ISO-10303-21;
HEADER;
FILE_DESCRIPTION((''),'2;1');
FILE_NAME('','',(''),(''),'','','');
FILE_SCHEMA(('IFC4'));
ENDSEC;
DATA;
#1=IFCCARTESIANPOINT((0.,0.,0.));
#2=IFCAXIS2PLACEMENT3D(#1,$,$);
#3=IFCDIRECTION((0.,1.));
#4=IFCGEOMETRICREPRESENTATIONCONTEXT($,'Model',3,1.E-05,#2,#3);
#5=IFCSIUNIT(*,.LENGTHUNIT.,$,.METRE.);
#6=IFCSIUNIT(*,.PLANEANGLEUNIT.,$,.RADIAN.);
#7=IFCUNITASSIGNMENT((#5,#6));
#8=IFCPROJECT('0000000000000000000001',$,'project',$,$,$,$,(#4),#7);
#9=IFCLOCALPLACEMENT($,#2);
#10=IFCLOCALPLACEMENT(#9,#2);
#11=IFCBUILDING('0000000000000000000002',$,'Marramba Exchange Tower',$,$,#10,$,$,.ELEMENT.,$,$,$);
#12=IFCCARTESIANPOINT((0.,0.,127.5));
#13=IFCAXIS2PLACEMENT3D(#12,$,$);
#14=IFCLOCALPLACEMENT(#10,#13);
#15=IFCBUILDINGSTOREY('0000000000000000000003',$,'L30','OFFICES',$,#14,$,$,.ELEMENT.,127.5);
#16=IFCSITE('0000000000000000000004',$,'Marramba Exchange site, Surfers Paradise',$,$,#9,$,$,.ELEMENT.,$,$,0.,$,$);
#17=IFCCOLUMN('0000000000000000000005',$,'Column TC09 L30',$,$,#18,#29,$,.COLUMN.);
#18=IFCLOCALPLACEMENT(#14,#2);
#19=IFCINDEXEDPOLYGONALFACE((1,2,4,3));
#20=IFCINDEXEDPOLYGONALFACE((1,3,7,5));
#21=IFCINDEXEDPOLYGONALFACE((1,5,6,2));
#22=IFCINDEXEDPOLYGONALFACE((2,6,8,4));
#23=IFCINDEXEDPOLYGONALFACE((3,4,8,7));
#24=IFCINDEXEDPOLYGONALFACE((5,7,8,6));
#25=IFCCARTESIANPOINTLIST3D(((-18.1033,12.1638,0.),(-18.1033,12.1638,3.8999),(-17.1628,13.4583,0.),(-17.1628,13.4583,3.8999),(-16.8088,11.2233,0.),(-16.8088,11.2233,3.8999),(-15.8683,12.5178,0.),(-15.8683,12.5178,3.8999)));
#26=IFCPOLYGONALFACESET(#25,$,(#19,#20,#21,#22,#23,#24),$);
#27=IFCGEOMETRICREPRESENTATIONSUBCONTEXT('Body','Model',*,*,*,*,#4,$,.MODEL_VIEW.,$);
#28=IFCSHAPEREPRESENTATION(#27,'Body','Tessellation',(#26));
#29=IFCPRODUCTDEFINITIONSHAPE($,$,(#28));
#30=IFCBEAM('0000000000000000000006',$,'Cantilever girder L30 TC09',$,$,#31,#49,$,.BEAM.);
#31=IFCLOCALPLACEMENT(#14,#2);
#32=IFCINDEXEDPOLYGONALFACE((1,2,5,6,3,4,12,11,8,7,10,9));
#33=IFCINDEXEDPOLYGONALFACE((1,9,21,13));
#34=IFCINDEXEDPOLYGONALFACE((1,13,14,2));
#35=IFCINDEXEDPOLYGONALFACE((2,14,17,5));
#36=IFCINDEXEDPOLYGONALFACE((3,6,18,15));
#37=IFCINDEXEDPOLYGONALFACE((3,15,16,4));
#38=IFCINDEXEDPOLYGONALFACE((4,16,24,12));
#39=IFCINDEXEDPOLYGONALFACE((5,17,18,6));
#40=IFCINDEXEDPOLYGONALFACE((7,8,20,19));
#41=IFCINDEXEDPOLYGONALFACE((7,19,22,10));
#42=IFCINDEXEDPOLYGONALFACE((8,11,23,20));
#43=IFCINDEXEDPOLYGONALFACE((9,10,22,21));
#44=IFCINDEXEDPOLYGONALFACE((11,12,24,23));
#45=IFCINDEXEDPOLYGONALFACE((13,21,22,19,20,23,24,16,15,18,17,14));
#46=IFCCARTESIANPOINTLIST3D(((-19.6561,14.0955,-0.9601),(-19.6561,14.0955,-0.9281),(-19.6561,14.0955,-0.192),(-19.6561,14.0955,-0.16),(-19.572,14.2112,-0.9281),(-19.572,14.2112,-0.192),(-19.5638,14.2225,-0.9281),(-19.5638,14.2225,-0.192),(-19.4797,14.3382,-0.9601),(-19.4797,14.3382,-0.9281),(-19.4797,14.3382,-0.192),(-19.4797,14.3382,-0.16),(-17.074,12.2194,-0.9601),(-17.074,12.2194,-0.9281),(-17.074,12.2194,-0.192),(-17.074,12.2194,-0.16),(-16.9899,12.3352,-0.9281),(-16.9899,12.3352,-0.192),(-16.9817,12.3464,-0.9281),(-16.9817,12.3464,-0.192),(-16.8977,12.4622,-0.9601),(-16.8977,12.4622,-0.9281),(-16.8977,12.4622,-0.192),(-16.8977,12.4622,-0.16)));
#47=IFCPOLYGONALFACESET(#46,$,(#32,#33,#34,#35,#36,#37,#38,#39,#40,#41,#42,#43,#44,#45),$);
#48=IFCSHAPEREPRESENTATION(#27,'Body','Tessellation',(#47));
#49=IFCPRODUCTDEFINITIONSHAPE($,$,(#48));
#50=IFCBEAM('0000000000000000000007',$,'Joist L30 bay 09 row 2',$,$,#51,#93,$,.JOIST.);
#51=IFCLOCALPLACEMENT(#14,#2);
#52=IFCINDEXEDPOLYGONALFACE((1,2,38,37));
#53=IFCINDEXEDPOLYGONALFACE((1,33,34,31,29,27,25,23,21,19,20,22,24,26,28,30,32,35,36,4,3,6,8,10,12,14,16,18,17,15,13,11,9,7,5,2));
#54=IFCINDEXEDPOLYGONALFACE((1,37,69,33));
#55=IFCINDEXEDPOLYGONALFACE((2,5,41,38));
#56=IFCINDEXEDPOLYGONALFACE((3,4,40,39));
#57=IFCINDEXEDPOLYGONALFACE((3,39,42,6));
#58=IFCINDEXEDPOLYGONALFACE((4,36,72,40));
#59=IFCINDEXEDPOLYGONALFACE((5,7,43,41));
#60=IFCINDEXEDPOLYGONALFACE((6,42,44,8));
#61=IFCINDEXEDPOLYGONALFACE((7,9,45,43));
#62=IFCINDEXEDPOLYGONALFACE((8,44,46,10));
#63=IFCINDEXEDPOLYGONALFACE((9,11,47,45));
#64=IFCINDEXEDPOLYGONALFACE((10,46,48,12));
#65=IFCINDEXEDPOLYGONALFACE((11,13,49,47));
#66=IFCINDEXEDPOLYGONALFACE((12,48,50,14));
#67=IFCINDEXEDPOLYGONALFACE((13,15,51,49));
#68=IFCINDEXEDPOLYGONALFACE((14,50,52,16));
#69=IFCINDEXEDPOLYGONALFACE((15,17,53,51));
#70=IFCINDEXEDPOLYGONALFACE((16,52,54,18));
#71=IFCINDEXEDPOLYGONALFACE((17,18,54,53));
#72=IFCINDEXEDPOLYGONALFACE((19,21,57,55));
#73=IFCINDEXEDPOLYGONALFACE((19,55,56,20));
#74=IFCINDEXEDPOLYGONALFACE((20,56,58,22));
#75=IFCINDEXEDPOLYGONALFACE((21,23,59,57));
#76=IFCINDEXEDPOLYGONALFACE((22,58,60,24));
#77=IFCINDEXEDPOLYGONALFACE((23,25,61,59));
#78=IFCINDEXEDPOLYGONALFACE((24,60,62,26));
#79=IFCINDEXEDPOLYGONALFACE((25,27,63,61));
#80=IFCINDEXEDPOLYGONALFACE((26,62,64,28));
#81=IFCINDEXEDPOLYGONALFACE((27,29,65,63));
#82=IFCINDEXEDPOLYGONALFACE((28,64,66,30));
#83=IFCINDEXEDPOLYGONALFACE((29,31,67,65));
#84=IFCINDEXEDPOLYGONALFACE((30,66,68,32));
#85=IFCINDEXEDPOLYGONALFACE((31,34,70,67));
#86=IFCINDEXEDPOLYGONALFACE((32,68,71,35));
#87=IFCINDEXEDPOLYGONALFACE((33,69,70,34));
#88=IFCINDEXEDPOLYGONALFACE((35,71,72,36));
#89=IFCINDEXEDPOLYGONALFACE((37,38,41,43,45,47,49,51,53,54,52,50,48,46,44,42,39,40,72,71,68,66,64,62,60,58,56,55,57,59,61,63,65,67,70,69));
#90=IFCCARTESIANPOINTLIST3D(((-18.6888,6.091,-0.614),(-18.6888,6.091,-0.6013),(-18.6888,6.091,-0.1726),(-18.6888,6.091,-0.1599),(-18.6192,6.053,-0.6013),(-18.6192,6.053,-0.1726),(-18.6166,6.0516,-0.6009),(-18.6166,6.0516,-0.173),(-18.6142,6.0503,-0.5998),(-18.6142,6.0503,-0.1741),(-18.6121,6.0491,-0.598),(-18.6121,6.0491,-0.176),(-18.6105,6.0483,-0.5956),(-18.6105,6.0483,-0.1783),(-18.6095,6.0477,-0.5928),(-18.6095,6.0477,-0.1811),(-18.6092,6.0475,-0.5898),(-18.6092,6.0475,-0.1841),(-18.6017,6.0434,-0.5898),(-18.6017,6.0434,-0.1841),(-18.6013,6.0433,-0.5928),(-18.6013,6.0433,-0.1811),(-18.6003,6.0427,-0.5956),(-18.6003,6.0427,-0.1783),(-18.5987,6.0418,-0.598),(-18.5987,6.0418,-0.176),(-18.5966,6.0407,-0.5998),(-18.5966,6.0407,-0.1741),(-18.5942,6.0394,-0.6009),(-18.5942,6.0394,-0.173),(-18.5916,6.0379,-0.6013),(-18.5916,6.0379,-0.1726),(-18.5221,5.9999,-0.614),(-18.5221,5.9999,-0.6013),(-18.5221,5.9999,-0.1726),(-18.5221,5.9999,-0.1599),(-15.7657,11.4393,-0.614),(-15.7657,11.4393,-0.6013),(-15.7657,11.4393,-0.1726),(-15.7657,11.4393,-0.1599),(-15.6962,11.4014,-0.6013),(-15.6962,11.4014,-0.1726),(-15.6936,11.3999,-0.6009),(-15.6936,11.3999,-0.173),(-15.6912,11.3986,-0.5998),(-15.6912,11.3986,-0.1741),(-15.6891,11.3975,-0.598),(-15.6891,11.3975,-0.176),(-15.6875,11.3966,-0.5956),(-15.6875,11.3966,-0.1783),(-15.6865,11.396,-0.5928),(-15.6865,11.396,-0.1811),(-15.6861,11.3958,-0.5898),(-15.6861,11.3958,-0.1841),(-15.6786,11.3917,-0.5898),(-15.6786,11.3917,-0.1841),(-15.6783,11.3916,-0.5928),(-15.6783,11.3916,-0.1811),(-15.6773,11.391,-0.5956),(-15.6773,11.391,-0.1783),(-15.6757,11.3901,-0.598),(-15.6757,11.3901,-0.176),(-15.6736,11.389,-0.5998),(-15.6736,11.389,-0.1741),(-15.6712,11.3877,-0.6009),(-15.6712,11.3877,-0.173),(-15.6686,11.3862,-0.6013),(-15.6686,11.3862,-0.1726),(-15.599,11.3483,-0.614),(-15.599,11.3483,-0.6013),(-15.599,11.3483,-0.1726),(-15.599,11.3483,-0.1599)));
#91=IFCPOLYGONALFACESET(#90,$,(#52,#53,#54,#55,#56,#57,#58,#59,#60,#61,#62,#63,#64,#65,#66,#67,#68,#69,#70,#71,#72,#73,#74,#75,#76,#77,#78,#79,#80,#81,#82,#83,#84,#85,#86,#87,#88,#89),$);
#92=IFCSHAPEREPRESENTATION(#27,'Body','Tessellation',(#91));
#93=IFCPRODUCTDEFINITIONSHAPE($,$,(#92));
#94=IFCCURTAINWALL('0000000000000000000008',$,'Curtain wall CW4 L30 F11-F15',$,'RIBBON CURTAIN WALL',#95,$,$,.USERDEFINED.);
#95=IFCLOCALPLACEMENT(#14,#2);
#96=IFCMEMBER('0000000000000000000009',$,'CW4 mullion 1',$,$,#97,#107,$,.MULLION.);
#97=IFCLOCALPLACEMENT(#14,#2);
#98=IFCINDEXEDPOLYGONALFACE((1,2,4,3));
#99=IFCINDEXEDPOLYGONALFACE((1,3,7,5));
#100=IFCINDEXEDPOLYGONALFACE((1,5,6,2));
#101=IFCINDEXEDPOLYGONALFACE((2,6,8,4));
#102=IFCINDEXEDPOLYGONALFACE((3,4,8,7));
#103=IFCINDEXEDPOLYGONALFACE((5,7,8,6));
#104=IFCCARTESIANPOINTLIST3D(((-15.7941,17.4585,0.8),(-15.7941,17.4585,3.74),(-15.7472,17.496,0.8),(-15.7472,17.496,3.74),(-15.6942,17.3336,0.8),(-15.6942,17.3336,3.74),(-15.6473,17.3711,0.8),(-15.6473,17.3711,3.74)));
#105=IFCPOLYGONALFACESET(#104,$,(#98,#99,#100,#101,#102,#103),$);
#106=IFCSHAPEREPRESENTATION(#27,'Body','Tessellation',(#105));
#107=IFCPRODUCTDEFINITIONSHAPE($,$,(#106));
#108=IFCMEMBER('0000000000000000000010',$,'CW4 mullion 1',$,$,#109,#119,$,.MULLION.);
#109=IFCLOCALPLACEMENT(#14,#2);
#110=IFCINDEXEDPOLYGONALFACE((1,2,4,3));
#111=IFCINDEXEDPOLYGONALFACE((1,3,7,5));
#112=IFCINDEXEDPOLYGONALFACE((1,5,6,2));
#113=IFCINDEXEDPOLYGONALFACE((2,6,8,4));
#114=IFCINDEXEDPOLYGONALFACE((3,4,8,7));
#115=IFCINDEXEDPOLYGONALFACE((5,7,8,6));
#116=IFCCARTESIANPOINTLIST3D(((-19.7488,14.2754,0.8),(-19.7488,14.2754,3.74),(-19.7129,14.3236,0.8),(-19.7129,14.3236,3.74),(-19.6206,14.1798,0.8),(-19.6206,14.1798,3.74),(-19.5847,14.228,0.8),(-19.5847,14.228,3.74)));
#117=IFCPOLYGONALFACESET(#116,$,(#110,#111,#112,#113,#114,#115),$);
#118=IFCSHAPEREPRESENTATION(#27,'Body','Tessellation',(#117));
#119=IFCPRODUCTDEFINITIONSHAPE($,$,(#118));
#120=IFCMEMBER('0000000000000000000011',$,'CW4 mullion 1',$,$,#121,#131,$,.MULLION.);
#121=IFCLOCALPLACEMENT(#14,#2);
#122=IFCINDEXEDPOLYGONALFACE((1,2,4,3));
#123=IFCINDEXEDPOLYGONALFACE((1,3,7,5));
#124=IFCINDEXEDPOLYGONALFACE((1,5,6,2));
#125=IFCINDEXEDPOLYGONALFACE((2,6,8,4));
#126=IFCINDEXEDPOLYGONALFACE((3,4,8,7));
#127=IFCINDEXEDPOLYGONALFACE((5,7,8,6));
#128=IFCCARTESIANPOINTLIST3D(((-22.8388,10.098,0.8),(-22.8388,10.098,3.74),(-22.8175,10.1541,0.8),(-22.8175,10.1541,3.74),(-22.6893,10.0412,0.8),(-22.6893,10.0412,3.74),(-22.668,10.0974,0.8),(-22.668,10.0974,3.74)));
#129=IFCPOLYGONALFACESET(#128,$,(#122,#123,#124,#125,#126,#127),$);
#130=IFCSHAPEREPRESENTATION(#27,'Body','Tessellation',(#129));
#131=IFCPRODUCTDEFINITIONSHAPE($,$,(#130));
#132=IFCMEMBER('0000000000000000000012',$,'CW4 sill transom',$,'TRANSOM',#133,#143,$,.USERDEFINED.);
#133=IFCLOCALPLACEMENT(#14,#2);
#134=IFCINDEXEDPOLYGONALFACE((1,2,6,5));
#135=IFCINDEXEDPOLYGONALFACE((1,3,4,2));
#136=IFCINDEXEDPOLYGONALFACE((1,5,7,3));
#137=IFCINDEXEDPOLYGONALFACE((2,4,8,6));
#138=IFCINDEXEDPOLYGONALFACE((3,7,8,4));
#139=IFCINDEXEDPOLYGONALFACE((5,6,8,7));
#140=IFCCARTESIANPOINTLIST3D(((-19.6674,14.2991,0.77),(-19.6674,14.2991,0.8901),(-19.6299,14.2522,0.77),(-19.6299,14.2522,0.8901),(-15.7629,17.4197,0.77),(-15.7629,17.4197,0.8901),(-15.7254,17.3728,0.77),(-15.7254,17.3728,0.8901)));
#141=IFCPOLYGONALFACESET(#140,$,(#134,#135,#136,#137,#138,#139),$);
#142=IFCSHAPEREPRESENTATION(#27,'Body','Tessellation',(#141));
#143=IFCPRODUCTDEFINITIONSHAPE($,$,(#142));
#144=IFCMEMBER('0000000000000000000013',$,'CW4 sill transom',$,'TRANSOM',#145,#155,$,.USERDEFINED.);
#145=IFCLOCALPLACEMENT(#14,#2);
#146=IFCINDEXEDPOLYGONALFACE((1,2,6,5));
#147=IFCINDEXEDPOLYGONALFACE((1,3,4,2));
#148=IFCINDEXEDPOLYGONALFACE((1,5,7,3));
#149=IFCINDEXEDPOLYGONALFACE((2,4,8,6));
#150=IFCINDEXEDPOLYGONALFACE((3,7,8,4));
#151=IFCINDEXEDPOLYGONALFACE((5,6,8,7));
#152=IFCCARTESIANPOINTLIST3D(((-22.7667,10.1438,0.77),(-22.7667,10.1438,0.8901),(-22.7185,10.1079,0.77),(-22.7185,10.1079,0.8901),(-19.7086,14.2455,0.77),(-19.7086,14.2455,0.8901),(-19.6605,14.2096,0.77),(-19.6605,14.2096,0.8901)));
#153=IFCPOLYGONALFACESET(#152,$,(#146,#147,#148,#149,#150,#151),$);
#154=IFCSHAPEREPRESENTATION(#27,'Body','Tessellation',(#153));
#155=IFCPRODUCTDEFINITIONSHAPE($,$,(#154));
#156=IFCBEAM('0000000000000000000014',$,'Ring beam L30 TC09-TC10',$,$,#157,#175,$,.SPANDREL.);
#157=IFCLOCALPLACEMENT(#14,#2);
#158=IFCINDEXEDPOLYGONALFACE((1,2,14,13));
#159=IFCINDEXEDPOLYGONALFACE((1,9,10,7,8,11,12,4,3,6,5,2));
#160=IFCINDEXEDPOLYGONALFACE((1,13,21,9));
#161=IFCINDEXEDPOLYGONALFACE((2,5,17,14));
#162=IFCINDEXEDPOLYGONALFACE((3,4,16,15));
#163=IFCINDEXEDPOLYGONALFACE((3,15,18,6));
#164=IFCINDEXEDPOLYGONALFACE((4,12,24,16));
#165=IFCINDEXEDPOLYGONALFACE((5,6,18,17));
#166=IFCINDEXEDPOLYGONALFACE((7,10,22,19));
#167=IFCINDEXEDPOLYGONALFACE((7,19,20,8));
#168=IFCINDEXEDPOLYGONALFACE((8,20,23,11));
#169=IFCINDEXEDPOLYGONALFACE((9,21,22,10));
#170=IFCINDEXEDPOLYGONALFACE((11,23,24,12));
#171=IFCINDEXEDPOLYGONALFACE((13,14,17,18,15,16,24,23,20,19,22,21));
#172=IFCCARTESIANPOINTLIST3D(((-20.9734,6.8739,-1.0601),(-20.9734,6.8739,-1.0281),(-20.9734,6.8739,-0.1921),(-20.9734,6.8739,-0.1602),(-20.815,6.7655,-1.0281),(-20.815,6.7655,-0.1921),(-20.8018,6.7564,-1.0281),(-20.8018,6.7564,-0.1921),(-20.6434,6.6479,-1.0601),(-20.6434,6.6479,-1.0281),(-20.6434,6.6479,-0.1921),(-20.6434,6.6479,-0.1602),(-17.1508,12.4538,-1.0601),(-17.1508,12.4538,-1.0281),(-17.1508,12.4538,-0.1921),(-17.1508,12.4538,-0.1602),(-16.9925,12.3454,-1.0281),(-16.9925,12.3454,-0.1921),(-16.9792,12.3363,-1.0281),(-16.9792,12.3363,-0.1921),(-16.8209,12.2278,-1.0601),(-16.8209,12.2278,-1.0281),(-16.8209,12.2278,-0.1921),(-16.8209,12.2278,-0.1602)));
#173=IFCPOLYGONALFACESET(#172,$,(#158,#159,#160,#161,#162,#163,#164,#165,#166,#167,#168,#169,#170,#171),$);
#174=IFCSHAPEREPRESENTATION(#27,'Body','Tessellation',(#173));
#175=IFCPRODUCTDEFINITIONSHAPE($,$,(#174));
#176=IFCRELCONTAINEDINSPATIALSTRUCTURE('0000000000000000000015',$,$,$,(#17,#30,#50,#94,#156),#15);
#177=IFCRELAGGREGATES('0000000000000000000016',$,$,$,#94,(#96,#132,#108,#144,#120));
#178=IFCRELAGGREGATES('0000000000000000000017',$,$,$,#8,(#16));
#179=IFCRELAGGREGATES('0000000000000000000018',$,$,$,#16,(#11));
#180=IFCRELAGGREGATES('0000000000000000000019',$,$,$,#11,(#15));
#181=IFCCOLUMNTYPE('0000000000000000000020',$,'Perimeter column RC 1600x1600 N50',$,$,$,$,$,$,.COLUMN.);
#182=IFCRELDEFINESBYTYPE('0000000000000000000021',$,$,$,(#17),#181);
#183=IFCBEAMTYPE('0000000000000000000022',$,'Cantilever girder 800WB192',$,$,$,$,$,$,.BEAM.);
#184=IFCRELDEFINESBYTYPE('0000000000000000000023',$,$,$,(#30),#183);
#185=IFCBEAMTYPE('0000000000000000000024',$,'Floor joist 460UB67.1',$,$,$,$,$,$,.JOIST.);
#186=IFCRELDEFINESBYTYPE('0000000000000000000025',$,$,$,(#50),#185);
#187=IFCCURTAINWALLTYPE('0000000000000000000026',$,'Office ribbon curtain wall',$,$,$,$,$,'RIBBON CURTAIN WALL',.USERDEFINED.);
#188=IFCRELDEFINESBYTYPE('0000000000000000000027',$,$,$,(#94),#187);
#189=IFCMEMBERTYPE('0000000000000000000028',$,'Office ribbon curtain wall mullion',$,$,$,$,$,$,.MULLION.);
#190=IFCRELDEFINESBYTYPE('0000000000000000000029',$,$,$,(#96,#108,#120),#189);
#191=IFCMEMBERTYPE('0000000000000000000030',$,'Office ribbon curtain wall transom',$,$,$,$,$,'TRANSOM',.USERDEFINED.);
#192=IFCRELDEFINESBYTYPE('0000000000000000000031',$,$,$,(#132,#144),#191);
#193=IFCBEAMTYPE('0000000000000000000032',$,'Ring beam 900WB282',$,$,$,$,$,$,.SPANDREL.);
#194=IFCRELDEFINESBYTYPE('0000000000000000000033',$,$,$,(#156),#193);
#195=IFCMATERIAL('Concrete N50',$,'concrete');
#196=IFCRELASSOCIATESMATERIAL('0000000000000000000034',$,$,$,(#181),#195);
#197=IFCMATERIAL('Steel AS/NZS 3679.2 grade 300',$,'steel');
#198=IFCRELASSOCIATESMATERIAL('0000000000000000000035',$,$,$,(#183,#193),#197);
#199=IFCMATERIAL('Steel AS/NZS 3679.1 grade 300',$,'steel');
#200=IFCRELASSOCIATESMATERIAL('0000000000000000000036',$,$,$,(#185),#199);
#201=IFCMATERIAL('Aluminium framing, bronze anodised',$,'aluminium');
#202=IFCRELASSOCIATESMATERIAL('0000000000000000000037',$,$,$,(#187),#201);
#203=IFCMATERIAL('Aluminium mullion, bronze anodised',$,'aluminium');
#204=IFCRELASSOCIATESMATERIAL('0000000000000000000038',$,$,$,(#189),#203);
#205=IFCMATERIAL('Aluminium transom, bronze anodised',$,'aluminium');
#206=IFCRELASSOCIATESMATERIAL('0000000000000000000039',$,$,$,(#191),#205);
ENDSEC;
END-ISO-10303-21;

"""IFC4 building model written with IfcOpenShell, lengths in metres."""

from ifc_helpers import new_model, si_unit, direction, frame, origin, origin_2d, place, context, subcontext, project, spatial, rectangle, i_section, extrude, material, material_profile, profile_set, type_object, element, aggregate, save


model = new_model("IFC4")

# Units and contexts
model_context = context("Model", 3, precision=1e-05, world=origin(), true_north=direction((0.0, 1.0)))
body_context = subcontext(model_context, "Body", "Model", "MODEL_VIEW")
ifc_project = project(units=[si_unit("LENGTHUNIT", "METRE"), si_unit("PLANEANGLEUNIT", "RADIAN")], contexts=[model_context])

# Site, building, storey
site_placement = place(None, origin())
site = spatial("IfcSite", under=ifc_project, at=site_placement, Name="Marramba Exchange site, Surfers Paradise", CompositionType="ELEMENT", RefElevation=0.0)
building_placement = place(site_placement, origin())
building = spatial("IfcBuilding", under=site, at=building_placement, Name="Marramba Exchange Tower", CompositionType="ELEMENT")
storey_placement = place(building_placement, frame((0.0, 0.0, 127.5)))
storey = spatial("IfcBuildingStorey", under=building, at=storey_placement, Name="L30", Description="OFFICES", CompositionType="ELEMENT", Elevation=127.5)

# Column
ifc_material_1 = material(Name="Concrete N50", Category="concrete")
ifc_material_profile_1 = material_profile(ifc_material_1, rectangle(XDim=1.6001, YDim=1.6001, at=origin_2d()), Name="RC 1600x1600")
ifc_profile_set_1 = profile_set([ifc_material_profile_1], Name="Concrete N50")
column_type = type_object("IfcColumnType", Name="Perimeter column RC 1600x1600 N50", PredefinedType="COLUMN", material=ifc_profile_set_1)
column_placement = place(storey_placement, frame((-16.9858, 12.3408, 0.0), z_axis=(0.0, 0.0, 1.0), x_axis=(-0.809017, 0.587785, 0.0)))
element("IfcColumn", 1, at=column_placement, inside=storey, type_object=column_type, Name="Column TC09 L30", PredefinedType="COLUMN", context=body_context, shape_type="SweptSolid", body=[
    extrude(rectangle(XDim=1.6001, YDim=1.6001, at=origin_2d()), origin(), (0.0, 0.0, 1.0), 3.8999),
])

# Beams
ifc_material_2 = material(Name="Steel AS/NZS 3679.2 grade 300", Category="steel")
ifc_material_profile_2 = material_profile(ifc_material_2, i_section(OverallWidth=0.3, OverallDepth=0.8, WebThickness=0.0139, FlangeThickness=0.032, at=origin_2d()), Name="800WB192")
ifc_profile_set_2 = profile_set([ifc_material_profile_2], Name="Steel AS/NZS 3679.2 grade 300")
beam_type_1 = type_object("IfcBeamType", Name="Cantilever girder 800WB192", PredefinedType="BEAM", material=ifc_profile_set_2)
beam_1_placement = place(storey_placement, frame((-16.9858, 12.3408, -0.5601), z_axis=(-0.809014, 0.58779, 0.0), x_axis=(-0.58779, -0.809014, 0.0)))
element("IfcBeam", 2, at=beam_1_placement, inside=storey, type_object=beam_type_1, Name="Cantilever girder L30 TC09", PredefinedType="BEAM", context=body_context, shape_type="SweptSolid", body=[
    extrude(i_section(OverallWidth=0.3, OverallDepth=0.8, WebThickness=0.0139, FlangeThickness=0.032, at=origin_2d()), origin(), (0.0, 0.0, 1.0), 3.1917),
])
ifc_material_3 = material(Name="Steel AS/NZS 3679.1 grade 300", Category="steel")
ifc_material_profile_3 = material_profile(ifc_material_3, i_section(OverallWidth=0.1899, OverallDepth=0.4541, WebThickness=0.0085, FlangeThickness=0.0127, FilletRadius=0.0115, at=origin_2d()), Name="460UB67.1")
ifc_profile_set_3 = profile_set([ifc_material_profile_3], Name="Steel AS/NZS 3679.1 grade 300")
beam_type_2 = type_object("IfcBeamType", Name="Floor joist 460UB67.1", PredefinedType="JOIST", material=ifc_profile_set_3)
beam_2_placement = place(storey_placement, frame((-15.6824, 11.3938, -0.387), z_axis=(-0.479584, -0.877496, 0.0), x_axis=(0.877496, -0.479584, 0.0)))
element("IfcBeam", 3, at=beam_2_placement, inside=storey, type_object=beam_type_2, Name="Joist L30 bay 09 row 2", PredefinedType="JOIST", context=body_context, shape_type="SweptSolid", body=[
    extrude(i_section(OverallWidth=0.1899, OverallDepth=0.4541, WebThickness=0.0085, FlangeThickness=0.0127, FilletRadius=0.0115, at=origin_2d()), origin(), (0.0, 0.0, 1.0), 6.095),
])

# Curtain wall, members
ifc_material_4 = material(Name="Aluminium framing, bronze anodised", Category="aluminium")
curtain_wall_type = type_object("IfcCurtainWallType", Name="Office ribbon curtain wall", ElementType="RIBBON CURTAIN WALL", PredefinedType="USERDEFINED", material=ifc_material_4)
curtain_wall_placement = place(storey_placement, origin())
curtain_wall = element("IfcCurtainWall", 4, at=curtain_wall_placement, inside=storey, type_object=curtain_wall_type, Name="Curtain wall CW4 L30 F11-F15", ObjectType="RIBBON CURTAIN WALL", PredefinedType="USERDEFINED")
ifc_material_5 = material(Name="Aluminium mullion, bronze anodised", Category="aluminium")
ifc_material_profile_4 = material_profile(ifc_material_5, rectangle(XDim=0.1599, YDim=0.0601, at=origin_2d()), Name="CW4 mullion 60x160")
ifc_profile_set_4 = profile_set([ifc_material_profile_4], Name="Aluminium mullion, bronze anodised")
member_type_1 = type_object("IfcMemberType", Name="Office ribbon curtain wall mullion", PredefinedType="MULLION", material=ifc_profile_set_4)
member_1_placement = place(storey_placement, frame((-15.7207, 17.4148, 0.8), z_axis=(0.0, 0.0, 1.0), x_axis=(0.624308, -0.781178, 0.0)))
member_1 = element("IfcMember", 5, at=member_1_placement, type_object=member_type_1, Name="CW4 mullion 1", PredefinedType="MULLION", context=body_context, shape_type="SweptSolid", body=[
    extrude(rectangle(XDim=0.1599, YDim=0.0601, at=origin_2d()), origin(), (0.0, 0.0, 1.0), 2.9399),
])
member_2_placement = place(storey_placement, frame((-19.6667, 14.2517, 0.8), z_axis=(0.0, 0.0, 1.0), x_axis=(0.801717, -0.597704, 0.0)))
member_2 = element("IfcMember", 6, at=member_2_placement, type_object=member_type_1, Name="CW4 mullion 1", PredefinedType="MULLION", context=body_context, shape_type="SweptSolid", body=[
    extrude(rectangle(XDim=0.1599, YDim=0.0601, at=origin_2d()), origin(), (0.0, 0.0, 1.0), 2.9399),
])
member_3_placement = place(storey_placement, frame((-22.7534, 10.0977, 0.8), z_axis=(0.0, 0.0, 1.0), x_axis=(0.934925, -0.354844, 0.0)))
member_3 = element("IfcMember", 7, at=member_3_placement, type_object=member_type_1, Name="CW4 mullion 1", PredefinedType="MULLION", context=body_context, shape_type="SweptSolid", body=[
    extrude(rectangle(XDim=0.1599, YDim=0.0601, at=origin_2d()), origin(), (0.0, 0.0, 1.0), 2.9399),
])
ifc_material_6 = material(Name="Aluminium transom, bronze anodised", Category="aluminium")
ifc_material_profile_5 = material_profile(ifc_material_6, rectangle(XDim=0.0601, YDim=0.1201, at=origin_2d()), Name="CW4 transom 60x120")
ifc_profile_set_5 = profile_set([ifc_material_profile_5], Name="Aluminium transom, bronze anodised")
member_type_2 = type_object("IfcMemberType", Name="Office ribbon curtain wall transom", ElementType="TRANSOM", PredefinedType="USERDEFINED", material=ifc_profile_set_5)
member_4_placement = place(storey_placement, frame((-15.7441, 17.3962, 0.8301), z_axis=(-0.781164, -0.624326, 0.0), x_axis=(0.624326, -0.781164, 0.0)))
member_4 = element("IfcMember", 8, at=member_4_placement, type_object=member_type_2, Name="CW4 sill transom", ObjectType="TRANSOM", PredefinedType="USERDEFINED", context=body_context, shape_type="SweptSolid", body=[
    extrude(rectangle(XDim=0.0601, YDim=0.1201, at=origin_2d()), origin(), (0.0, 0.0, 1.0), 4.9983),
])
member_5_placement = place(storey_placement, frame((-19.6846, 14.2275, 0.8301), z_axis=(-0.597715, -0.801709, 0.0), x_axis=(0.801709, -0.597715, 0.0)))
member_5 = element("IfcMember", 9, at=member_5_placement, type_object=member_type_2, Name="CW4 sill transom", ObjectType="TRANSOM", PredefinedType="USERDEFINED", context=body_context, shape_type="SweptSolid", body=[
    extrude(rectangle(XDim=0.0601, YDim=0.1201, at=origin_2d()), origin(), (0.0, 0.0, 1.0), 5.1162),
])

# Beam
ifc_material_profile_6 = material_profile(ifc_material_2, i_section(OverallWidth=0.3999, OverallDepth=0.8999, WebThickness=0.0161, FlangeThickness=0.032, at=origin_2d()), Name="900WB282")
ifc_profile_set_6 = profile_set([ifc_material_profile_6], Name="Steel AS/NZS 3679.2 grade 300")
beam_type_3 = type_object("IfcBeamType", Name="Ring beam 900WB282", PredefinedType="SPANDREL", material=ifc_profile_set_6)
beam_3_placement = place(storey_placement, frame((-16.9858, 12.3408, -0.6101), z_axis=(-0.56516, -0.824981, 0.0), x_axis=(0.824981, -0.56516, 0.0)))
element("IfcBeam", 10, at=beam_3_placement, inside=storey, type_object=beam_type_3, Name="Ring beam L30 TC09-TC10", PredefinedType="SPANDREL", context=body_context, shape_type="SweptSolid", body=[
    extrude(i_section(OverallWidth=0.3999, OverallDepth=0.8999, WebThickness=0.0161, FlangeThickness=0.032, at=origin_2d()), origin(), (0.0, 0.0, 1.0), 6.7637),
])

aggregate(curtain_wall, [member_1, member_4, member_2, member_5, member_3])

save(model, "model.ifc")
